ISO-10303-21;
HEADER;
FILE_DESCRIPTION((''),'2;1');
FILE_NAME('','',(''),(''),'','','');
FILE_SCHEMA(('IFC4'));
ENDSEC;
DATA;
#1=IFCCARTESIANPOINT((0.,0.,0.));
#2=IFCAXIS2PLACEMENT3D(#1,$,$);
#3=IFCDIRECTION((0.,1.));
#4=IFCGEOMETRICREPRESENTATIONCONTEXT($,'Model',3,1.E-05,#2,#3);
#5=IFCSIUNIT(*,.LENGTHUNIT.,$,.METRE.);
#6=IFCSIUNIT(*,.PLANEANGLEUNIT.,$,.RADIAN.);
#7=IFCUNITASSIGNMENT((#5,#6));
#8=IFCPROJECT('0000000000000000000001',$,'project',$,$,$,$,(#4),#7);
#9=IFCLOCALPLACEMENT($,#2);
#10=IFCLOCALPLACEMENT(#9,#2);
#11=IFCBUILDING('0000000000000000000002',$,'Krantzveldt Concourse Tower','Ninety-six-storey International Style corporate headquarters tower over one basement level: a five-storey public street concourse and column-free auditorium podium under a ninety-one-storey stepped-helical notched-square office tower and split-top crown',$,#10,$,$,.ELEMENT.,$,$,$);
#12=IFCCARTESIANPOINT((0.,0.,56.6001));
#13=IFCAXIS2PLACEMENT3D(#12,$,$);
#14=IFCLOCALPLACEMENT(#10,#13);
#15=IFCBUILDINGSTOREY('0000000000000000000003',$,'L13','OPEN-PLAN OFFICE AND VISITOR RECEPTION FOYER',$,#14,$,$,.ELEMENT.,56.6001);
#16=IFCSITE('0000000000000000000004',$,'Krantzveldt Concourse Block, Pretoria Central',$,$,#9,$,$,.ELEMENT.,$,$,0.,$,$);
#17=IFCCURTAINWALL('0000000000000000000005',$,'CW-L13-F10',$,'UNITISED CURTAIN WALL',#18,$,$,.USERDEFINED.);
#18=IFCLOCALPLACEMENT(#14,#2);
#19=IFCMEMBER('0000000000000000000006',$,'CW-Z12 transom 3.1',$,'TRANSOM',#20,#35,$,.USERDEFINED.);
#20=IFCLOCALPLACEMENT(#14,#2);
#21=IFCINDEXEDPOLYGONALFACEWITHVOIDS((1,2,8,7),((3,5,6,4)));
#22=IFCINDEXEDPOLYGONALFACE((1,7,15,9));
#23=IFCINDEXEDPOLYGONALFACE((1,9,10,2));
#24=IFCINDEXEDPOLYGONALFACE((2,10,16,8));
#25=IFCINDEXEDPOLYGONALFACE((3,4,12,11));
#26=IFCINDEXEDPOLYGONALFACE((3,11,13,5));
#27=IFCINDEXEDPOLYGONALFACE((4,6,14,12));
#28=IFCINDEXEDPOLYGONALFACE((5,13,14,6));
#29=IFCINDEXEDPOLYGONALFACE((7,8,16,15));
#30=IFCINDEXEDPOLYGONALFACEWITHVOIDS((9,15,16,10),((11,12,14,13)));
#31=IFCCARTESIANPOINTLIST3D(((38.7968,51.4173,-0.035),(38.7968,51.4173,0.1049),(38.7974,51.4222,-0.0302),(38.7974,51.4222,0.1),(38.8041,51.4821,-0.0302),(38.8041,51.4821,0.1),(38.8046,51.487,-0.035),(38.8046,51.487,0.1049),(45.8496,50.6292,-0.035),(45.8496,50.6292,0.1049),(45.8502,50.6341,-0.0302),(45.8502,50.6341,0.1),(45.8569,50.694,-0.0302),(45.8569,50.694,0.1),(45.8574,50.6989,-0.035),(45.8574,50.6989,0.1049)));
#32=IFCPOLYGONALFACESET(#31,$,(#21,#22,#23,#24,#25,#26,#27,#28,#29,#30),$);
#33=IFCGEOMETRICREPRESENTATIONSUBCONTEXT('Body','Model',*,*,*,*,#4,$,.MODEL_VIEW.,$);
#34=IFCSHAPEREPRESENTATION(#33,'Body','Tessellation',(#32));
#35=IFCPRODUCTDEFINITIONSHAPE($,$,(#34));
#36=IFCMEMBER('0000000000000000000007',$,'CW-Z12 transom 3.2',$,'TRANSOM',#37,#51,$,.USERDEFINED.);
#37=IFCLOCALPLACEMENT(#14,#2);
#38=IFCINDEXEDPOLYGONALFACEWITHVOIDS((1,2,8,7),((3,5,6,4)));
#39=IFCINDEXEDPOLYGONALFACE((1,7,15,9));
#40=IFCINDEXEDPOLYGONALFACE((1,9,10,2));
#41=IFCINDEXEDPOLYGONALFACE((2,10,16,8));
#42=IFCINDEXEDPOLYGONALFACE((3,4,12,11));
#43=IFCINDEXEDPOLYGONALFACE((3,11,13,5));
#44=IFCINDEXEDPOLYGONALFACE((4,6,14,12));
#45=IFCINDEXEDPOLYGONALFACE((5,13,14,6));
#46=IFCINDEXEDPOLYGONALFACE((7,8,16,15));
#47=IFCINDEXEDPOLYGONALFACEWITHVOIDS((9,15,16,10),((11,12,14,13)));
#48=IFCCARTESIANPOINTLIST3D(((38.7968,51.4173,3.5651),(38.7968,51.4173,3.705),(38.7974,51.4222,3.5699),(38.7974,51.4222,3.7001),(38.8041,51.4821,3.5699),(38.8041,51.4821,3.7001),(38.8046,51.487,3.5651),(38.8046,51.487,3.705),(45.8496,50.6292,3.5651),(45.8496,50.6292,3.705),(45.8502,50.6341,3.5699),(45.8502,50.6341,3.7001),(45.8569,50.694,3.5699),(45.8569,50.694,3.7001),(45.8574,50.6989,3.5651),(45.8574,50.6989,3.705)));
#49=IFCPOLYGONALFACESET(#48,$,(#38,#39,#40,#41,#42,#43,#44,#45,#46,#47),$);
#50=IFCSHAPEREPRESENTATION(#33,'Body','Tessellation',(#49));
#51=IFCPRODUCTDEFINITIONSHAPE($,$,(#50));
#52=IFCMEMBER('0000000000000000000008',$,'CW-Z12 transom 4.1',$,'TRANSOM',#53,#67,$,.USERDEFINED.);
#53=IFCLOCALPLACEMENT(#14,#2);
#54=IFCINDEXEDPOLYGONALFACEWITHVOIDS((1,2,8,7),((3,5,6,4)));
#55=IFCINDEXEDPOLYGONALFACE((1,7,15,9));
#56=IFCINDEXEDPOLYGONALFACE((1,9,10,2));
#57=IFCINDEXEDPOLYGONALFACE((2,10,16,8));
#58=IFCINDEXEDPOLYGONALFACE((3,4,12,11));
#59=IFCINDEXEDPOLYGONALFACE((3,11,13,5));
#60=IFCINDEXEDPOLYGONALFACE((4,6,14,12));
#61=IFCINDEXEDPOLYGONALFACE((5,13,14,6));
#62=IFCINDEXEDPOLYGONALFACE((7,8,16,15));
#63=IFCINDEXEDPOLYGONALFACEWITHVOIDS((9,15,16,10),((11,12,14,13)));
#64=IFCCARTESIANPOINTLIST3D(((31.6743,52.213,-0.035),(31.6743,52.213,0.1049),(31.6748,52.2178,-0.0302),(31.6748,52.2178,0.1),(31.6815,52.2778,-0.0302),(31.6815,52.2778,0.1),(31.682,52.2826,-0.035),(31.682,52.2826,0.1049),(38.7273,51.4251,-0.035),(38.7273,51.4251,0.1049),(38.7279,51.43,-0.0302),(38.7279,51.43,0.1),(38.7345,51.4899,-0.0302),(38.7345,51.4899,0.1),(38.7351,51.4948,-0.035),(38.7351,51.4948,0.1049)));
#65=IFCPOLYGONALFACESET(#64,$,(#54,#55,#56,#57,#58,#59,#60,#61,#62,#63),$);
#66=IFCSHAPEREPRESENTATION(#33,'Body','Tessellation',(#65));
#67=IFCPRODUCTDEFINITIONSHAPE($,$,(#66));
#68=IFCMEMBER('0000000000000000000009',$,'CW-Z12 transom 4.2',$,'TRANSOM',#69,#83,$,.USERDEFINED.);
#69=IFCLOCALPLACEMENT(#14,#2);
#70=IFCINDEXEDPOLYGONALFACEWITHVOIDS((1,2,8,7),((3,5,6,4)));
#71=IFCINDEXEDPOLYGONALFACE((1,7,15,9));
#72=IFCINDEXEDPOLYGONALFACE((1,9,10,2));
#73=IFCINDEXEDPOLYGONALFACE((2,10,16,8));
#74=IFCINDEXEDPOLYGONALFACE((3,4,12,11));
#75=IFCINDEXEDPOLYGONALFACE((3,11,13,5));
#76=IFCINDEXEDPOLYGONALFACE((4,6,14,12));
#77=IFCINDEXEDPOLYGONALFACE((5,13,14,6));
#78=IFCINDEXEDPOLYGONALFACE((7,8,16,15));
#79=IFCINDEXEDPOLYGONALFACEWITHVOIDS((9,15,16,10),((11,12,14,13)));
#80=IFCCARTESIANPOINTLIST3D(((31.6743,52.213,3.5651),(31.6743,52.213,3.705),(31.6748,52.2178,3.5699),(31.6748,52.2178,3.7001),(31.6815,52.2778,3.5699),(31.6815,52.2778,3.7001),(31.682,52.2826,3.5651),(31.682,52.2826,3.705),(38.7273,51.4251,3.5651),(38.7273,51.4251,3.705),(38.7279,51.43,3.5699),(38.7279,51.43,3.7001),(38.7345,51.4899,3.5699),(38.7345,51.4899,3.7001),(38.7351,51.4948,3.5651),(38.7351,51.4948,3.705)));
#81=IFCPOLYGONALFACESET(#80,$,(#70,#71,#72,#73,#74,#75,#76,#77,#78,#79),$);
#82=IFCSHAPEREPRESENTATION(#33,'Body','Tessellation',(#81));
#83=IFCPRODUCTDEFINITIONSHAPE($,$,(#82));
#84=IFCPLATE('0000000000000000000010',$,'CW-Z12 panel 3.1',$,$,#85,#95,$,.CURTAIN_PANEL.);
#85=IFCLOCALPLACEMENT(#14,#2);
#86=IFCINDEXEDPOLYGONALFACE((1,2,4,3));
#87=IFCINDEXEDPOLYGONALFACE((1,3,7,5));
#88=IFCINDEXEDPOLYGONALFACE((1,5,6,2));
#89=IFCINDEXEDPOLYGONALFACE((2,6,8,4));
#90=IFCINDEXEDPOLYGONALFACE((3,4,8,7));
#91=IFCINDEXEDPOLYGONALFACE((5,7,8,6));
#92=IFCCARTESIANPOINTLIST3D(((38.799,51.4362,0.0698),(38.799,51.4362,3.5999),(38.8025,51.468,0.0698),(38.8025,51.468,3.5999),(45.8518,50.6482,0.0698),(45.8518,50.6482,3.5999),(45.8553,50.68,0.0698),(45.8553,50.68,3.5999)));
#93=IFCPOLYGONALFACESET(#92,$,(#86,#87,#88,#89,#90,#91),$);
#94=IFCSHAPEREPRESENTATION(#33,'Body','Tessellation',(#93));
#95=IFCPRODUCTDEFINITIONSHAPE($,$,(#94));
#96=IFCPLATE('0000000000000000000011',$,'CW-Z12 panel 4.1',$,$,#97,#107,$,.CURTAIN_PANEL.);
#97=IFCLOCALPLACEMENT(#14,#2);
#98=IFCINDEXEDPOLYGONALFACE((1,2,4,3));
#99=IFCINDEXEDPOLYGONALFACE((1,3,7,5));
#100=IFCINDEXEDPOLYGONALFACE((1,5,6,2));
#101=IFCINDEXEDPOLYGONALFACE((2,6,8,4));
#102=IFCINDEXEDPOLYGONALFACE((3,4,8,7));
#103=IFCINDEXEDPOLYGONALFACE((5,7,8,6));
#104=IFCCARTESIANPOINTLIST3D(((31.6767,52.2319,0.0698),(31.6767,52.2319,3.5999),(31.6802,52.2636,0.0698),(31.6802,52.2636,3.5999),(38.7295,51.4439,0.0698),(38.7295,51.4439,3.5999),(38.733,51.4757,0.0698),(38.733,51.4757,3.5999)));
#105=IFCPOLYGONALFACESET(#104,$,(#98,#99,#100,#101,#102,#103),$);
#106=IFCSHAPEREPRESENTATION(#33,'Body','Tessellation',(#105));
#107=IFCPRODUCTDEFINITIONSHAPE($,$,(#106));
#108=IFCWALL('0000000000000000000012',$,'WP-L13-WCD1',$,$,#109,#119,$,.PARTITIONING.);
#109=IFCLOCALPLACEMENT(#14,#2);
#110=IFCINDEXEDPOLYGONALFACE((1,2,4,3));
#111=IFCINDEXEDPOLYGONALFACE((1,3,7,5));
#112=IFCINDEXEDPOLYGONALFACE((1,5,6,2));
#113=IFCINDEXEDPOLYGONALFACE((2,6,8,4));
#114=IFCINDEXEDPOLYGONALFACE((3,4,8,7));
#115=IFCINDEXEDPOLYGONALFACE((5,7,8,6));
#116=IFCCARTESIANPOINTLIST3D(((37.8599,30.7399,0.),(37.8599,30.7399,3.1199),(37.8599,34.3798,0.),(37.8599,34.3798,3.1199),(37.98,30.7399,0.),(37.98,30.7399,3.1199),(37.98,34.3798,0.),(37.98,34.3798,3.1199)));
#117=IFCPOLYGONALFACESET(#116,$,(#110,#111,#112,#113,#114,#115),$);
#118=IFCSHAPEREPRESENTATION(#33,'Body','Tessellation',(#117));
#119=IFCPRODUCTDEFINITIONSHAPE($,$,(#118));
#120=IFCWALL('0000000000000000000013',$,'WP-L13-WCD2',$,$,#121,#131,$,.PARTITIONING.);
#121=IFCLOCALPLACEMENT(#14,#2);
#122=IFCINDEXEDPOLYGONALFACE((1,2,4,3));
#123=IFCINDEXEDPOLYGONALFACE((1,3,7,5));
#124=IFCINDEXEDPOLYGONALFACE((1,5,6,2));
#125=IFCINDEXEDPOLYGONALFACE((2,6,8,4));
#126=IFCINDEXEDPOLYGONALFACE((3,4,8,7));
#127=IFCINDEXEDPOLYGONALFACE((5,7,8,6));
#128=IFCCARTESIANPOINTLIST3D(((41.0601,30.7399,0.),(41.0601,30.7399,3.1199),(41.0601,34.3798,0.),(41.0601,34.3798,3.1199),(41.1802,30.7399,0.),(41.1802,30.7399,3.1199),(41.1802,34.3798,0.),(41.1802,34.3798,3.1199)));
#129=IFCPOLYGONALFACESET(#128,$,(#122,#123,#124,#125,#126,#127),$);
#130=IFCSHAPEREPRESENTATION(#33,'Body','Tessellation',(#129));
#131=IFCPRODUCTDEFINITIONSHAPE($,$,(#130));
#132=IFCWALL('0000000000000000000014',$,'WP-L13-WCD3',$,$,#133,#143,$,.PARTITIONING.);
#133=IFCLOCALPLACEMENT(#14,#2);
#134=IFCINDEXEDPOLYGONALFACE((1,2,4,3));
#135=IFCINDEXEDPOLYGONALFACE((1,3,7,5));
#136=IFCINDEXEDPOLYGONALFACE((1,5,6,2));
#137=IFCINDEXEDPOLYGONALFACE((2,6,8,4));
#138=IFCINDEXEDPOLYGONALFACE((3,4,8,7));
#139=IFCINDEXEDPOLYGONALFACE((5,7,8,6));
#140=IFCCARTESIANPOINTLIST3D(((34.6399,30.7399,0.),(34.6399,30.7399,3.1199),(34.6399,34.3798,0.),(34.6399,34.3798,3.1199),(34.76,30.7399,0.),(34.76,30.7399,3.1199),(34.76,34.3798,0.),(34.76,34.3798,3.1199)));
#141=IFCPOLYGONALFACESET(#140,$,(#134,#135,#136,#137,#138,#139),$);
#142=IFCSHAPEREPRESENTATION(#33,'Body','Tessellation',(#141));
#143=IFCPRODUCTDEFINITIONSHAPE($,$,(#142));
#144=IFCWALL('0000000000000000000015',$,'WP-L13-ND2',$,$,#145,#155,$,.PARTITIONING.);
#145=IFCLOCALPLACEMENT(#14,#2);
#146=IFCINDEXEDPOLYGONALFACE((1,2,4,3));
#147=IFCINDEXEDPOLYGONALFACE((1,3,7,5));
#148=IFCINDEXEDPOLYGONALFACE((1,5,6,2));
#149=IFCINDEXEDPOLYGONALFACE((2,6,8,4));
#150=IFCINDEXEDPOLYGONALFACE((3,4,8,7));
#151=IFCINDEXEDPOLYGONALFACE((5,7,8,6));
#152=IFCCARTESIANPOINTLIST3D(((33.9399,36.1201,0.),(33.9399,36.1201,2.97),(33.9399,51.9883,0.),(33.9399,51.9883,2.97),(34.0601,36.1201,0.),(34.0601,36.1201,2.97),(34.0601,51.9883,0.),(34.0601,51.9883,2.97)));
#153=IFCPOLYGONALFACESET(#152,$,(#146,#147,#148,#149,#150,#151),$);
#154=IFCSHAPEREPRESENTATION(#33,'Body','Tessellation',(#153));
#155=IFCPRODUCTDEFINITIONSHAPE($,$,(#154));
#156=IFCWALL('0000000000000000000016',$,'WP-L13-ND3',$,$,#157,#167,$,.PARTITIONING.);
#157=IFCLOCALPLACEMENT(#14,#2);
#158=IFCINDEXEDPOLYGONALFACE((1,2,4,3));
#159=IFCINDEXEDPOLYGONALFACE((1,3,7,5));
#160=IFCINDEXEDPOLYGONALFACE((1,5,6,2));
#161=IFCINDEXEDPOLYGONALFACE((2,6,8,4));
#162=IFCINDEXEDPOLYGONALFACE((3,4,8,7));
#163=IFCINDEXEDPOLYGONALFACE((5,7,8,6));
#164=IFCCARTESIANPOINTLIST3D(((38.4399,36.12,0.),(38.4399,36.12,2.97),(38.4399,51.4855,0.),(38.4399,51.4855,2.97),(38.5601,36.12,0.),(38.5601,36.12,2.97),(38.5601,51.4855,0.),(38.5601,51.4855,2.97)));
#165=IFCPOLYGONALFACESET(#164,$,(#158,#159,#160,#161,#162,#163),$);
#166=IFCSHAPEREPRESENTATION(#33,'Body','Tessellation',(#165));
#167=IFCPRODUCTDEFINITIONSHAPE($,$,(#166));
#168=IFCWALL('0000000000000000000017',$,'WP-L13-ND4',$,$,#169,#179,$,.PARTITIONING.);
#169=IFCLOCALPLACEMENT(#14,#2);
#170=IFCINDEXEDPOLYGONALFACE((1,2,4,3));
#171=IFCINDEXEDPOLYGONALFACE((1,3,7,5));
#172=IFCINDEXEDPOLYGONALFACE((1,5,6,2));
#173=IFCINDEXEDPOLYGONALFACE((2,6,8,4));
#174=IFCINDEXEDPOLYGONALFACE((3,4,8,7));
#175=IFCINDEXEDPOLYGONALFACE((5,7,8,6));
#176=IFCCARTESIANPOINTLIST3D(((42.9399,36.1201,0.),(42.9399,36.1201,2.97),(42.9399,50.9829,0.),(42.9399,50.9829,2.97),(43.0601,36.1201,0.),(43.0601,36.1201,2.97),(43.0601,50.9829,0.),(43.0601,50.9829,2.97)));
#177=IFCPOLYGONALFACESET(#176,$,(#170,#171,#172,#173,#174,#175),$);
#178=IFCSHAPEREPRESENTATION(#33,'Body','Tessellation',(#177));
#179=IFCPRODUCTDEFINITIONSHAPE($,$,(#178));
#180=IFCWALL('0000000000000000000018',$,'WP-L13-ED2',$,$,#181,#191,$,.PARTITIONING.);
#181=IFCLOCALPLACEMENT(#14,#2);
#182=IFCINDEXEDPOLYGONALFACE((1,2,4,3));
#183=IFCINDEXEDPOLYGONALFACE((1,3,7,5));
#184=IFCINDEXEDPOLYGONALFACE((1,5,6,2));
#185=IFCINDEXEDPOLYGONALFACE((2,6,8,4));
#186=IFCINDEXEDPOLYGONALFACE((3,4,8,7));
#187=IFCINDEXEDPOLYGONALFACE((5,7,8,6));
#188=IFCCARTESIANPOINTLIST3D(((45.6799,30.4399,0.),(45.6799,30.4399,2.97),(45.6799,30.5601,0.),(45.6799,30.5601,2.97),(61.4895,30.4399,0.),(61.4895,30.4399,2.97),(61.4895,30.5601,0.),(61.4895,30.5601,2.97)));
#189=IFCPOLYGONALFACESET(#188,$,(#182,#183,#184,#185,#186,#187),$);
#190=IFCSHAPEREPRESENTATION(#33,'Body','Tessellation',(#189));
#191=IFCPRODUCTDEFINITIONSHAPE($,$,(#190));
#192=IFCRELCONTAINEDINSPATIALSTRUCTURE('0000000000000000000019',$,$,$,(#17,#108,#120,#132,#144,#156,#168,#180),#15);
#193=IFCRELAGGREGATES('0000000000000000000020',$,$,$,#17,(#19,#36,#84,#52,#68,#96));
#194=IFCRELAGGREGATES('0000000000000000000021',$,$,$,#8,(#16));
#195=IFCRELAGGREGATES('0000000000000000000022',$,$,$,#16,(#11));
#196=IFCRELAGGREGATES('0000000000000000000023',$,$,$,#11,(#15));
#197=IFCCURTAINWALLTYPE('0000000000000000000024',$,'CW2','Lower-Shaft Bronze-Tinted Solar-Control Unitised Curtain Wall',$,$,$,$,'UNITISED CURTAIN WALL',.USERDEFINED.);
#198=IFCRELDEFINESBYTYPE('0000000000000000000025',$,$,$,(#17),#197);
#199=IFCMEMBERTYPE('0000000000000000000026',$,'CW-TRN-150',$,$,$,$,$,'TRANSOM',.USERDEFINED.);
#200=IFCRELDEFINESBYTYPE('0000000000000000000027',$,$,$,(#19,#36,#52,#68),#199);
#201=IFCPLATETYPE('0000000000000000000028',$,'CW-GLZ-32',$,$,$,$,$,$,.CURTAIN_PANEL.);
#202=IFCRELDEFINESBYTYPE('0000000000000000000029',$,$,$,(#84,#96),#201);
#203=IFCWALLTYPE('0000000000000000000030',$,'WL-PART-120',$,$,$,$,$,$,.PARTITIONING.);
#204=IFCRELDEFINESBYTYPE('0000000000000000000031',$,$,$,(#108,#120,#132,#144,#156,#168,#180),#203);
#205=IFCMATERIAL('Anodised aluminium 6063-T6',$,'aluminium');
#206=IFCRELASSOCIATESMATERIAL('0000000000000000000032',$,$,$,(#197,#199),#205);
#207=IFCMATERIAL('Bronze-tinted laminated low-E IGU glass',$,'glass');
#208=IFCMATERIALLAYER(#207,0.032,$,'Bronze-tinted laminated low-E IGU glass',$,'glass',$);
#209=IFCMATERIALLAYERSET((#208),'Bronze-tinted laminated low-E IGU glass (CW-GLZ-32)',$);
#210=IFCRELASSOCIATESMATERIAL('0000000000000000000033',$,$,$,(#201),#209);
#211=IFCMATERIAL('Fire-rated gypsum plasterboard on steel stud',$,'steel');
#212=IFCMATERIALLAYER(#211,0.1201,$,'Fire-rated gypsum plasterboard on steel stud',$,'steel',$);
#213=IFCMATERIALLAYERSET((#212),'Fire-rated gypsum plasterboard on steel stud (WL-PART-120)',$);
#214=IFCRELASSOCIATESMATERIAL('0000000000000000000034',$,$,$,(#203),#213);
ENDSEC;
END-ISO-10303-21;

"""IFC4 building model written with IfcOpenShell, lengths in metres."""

from ifc_helpers import new_model, si_unit, direction, frame, frame_2d, origin, origin_2d, place, context, subcontext, project, spatial, rectangle, hollow_rectangle, extrude, source, transform, mapped, material, layer, layer_set, material_profile, profile_set, type_object, type_shapes, element, aggregate, save


model = new_model("IFC4")

# Units and contexts
model_context = context("Model", 3, precision=1e-05, world=origin(), true_north=direction((0.0, 1.0)))
body_context = subcontext(model_context, "Body", "Model", "MODEL_VIEW")
ifc_project = project(units=[si_unit("LENGTHUNIT", "METRE"), si_unit("PLANEANGLEUNIT", "RADIAN")], contexts=[model_context])

# Site, building, storey
site_placement = place(None, origin())
site = spatial("IfcSite", under=ifc_project, at=site_placement, Name="Krantzveldt Concourse Block, Pretoria Central", CompositionType="ELEMENT", RefElevation=0.0)
building_placement = place(site_placement, origin())
building = spatial("IfcBuilding", under=site, at=building_placement, Name="Krantzveldt Concourse Tower", Description="Ninety-six-storey International Style corporate headquarters tower over one basement level: a five-storey public street concourse and column-free auditorium podium under a ninety-one-storey stepped-helical notched-square office tower and split-top crown", CompositionType="ELEMENT")
storey_placement = place(building_placement, frame((0.0, 0.0, 56.6001)))
storey = spatial("IfcBuildingStorey", under=building, at=storey_placement, Name="L13", Description="OPEN-PLAN OFFICE AND VISITOR RECEPTION FOYER", CompositionType="ELEMENT", Elevation=56.6001)

# Curtain wall, members, plates
ifc_material_1 = material(Name="Anodised aluminium 6063-T6", Category="aluminium")
curtain_wall_type = type_object("IfcCurtainWallType", Name="CW2", Description="Lower-Shaft Bronze-Tinted Solar-Control Unitised Curtain Wall", ElementType="UNITISED CURTAIN WALL", PredefinedType="USERDEFINED", material=ifc_material_1)
curtain_wall_placement = place(storey_placement, origin())
curtain_wall = element("IfcCurtainWall", 1, at=curtain_wall_placement, inside=storey, type_object=curtain_wall_type, Name="CW-L13-F10", ObjectType="UNITISED CURTAIN WALL", PredefinedType="USERDEFINED")
ifc_material_profile_1 = material_profile(ifc_material_1, hollow_rectangle(XDim=0.0701, YDim=0.1399, WallThickness=0.0049, at=origin_2d()), Name="Anodised aluminium 6063-T6", Category="aluminium")
ifc_profile_set_1 = profile_set([ifc_material_profile_1], Name="Anodised aluminium 6063-T6 - ALU-TRAN 140x70x5")
member_type_1 = type_object("IfcMemberType", Name="CW-TRN-150", ElementType="TRANSOM", PredefinedType="USERDEFINED", material=ifc_profile_set_1)
shared_shape_1 = source(origin(), body_context, "Body", "SweptSolid", [
    extrude(hollow_rectangle(XDim=0.0701, YDim=0.1399, WallThickness=0.0049, at=origin_2d()), origin(), (0.0, 0.0, 1.0), 7.0967),
])
member_1_placement = place(storey_placement, frame((45.8535, 50.6641, 0.0349), z_axis=(-0.993815, 0.111051, 0.0), x_axis=(-0.111051, -0.993815, 0.0)))
member_1 = element("IfcMember", 2, at=member_1_placement, type_object=member_type_1, Name="CW-Z12 transom 3.1", ObjectType="TRANSOM", PredefinedType="USERDEFINED", context=body_context, shape_type="MappedRepresentation", body=[
    mapped(shared_shape_1, transform((0.0, 0.0, 0.0), x_axis=(1.0, 0.0, 0.0), y_axis=(0.0, 1.0, 0.0), z_axis=(0.0, 0.0, 1.0), scale=1.0)),
])
member_2_placement = place(storey_placement, frame((45.8535, 50.6641, 3.635), z_axis=(-0.993815, 0.111051, 0.0), x_axis=(-0.111051, -0.993815, 0.0)))
member_2 = element("IfcMember", 3, at=member_2_placement, type_object=member_type_1, Name="CW-Z12 transom 3.2", ObjectType="TRANSOM", PredefinedType="USERDEFINED", context=body_context, shape_type="MappedRepresentation", body=[
    mapped(shared_shape_1, transform((0.0, 0.0, 0.0), x_axis=(1.0, 0.0, 0.0), y_axis=(0.0, 1.0, 0.0), z_axis=(0.0, 0.0, 1.0), scale=1.0)),
])
shared_shape_2 = source(origin(), body_context, "Body", "SweptSolid", [
    extrude(hollow_rectangle(XDim=0.0701, YDim=0.1399, WallThickness=0.0049, at=origin_2d()), origin(), (0.0, 0.0, 1.0), 7.0969),
])
type_shapes(member_type_1, [shared_shape_1, shared_shape_2])
member_3_placement = place(storey_placement, frame((38.7312, 51.46, 0.0349), z_axis=(-0.993819, 0.111013, 0.0), x_axis=(-0.111013, -0.993819, 0.0)))
member_3 = element("IfcMember", 4, at=member_3_placement, type_object=member_type_1, Name="CW-Z12 transom 4.1", ObjectType="TRANSOM", PredefinedType="USERDEFINED", context=body_context, shape_type="MappedRepresentation", body=[
    mapped(shared_shape_2, transform((0.0, 0.0, 0.0), x_axis=(1.0, 0.0, 0.0), y_axis=(0.0, 1.0, 0.0), z_axis=(0.0, 0.0, 1.0), scale=1.0)),
])
member_4_placement = place(storey_placement, frame((38.7312, 51.46, 3.635), z_axis=(-0.993819, 0.111013, 0.0), x_axis=(-0.111013, -0.993819, 0.0)))
member_4 = element("IfcMember", 5, at=member_4_placement, type_object=member_type_1, Name="CW-Z12 transom 4.2", ObjectType="TRANSOM", PredefinedType="USERDEFINED", context=body_context, shape_type="MappedRepresentation", body=[
    mapped(shared_shape_2, transform((0.0, 0.0, 0.0), x_axis=(1.0, 0.0, 0.0), y_axis=(0.0, 1.0, 0.0), z_axis=(0.0, 0.0, 1.0), scale=1.0)),
])
ifc_material_2 = material(Name="Bronze-tinted laminated low-E IGU glass", Category="glass")
ifc_layer_1 = layer(ifc_material_2, 0.032, Name="Bronze-tinted laminated low-E IGU glass", Category="glass")
ifc_layer_set_1 = layer_set([ifc_layer_1], Name="Bronze-tinted laminated low-E IGU glass (CW-GLZ-32)")
plate_type = type_object("IfcPlateType", Name="CW-GLZ-32", PredefinedType="CURTAIN_PANEL", material=ifc_layer_set_1)
shared_shape_3 = source(origin(), body_context, "Body", "SweptSolid", [
    extrude(rectangle(XDim=7.0967, YDim=0.032, at=origin_2d()), origin(), (0.0, 0.0, 1.0), 3.53),
])
type_shapes(plate_type, [shared_shape_3])
plate_1_placement = place(storey_placement, frame((42.3271, 51.0581, 0.0698), z_axis=(0.0, 0.0, 1.0), x_axis=(-0.993816, 0.111035, 0.0)))
plate_1 = element("IfcPlate", 6, at=plate_1_placement, type_object=plate_type, Name="CW-Z12 panel 3.1", PredefinedType="CURTAIN_PANEL", context=body_context, shape_type="MappedRepresentation", body=[
    mapped(shared_shape_3, transform((0.0, 0.0, 0.0), x_axis=(1.0, 0.0, 0.0), y_axis=(0.0, 1.0, 0.0), z_axis=(0.0, 0.0, 1.0), scale=1.0)),
])
plate_2_placement = place(storey_placement, frame((35.2048, 51.8538, 0.0698), z_axis=(0.0, 0.0, 1.0), x_axis=(-0.993816, 0.111035, 0.0)))
plate_2 = element("IfcPlate", 7, at=plate_2_placement, type_object=plate_type, Name="CW-Z12 panel 4.1", PredefinedType="CURTAIN_PANEL", context=body_context, shape_type="MappedRepresentation", body=[
    mapped(shared_shape_3, transform((0.0, 0.0, 0.0), x_axis=(1.0, 0.0, 0.0), y_axis=(0.0, 1.0, 0.0), z_axis=(0.0, 0.0, 1.0), scale=1.0)),
])
aggregate(curtain_wall, [member_1, member_2, plate_1, member_3, member_4, plate_2])

# Walls
ifc_material_3 = material(Name="Fire-rated gypsum plasterboard on steel stud", Category="steel")
ifc_layer_2 = layer(ifc_material_3, 0.1201, Name="Fire-rated gypsum plasterboard on steel stud", Category="steel")
ifc_layer_set_2 = layer_set([ifc_layer_2], Name="Fire-rated gypsum plasterboard on steel stud (WL-PART-120)")
wall_type_1 = type_object("IfcWallType", Name="WL-PART-120", PredefinedType="PARTITIONING", material=ifc_layer_set_2)
for number, where, z_axis, x_axis, name in (
    (8, (37.9199, 30.74, 0.0), (0.0, 0.0, 1.0), (0.0, 1.0, 0.0), "WP-L13-WCD1"),
    (9, (41.1201, 30.74, 0.0), (0.0, 0.0, 1.0), (0.0, 1.0, 0.0), "WP-L13-WCD2"),
    (10, (34.7, 30.74, 0.0), (0.0, 0.0, 1.0), (0.0, 1.0, 0.0), "WP-L13-WCD3"),
):
    element("IfcWall", number, at=place(storey_placement, frame(where, z_axis=z_axis, x_axis=x_axis)), inside=storey, type_object=wall_type_1, Name=name, PredefinedType="PARTITIONING", context=body_context, shape_type="SweptSolid", body=[
        extrude(rectangle(XDim=3.6399, YDim=0.1201, at=frame_2d((1.8198, 0.0))), origin(), (0.0, 0.0, 1.0), 3.1199),
    ])
wall_1_placement = place(storey_placement, frame((34.0, 36.1201, 0.0), z_axis=(0.0, 0.0, 1.0), x_axis=(0.0, 1.0, 0.0)))
element("IfcWall", 11, at=wall_1_placement, inside=storey, type_object=wall_type_1, Name="WP-L13-ND2", PredefinedType="PARTITIONING", context=body_context, shape_type="SweptSolid", body=[
    extrude(rectangle(XDim=15.8682, YDim=0.1201, at=frame_2d((7.9341, 0.0))), origin(), (0.0, 0.0, 1.0), 2.97),
])
wall_2_placement = place(storey_placement, frame((38.5, 36.1201, 0.0), z_axis=(0.0, 0.0, 1.0), x_axis=(0.0, 1.0, 0.0)))
element("IfcWall", 12, at=wall_2_placement, inside=storey, type_object=wall_type_1, Name="WP-L13-ND3", PredefinedType="PARTITIONING", context=body_context, shape_type="SweptSolid", body=[
    extrude(rectangle(XDim=15.3655, YDim=0.1201, at=frame_2d((7.6826, 0.0))), origin(), (0.0, 0.0, 1.0), 2.97),
])
wall_3_placement = place(storey_placement, frame((43.0, 36.1201, 0.0), z_axis=(0.0, 0.0, 1.0), x_axis=(0.0, 1.0, 0.0)))
element("IfcWall", 13, at=wall_3_placement, inside=storey, type_object=wall_type_1, Name="WP-L13-ND4", PredefinedType="PARTITIONING", context=body_context, shape_type="SweptSolid", body=[
    extrude(rectangle(XDim=14.8628, YDim=0.1201, at=frame_2d((7.4314, 0.0))), origin(), (0.0, 0.0, 1.0), 2.97),
])
wall_4_placement = place(storey_placement, frame((45.6799, 30.5, 0.0), z_axis=(0.0, 0.0, 1.0), x_axis=(1.0, 0.0, 0.0)))
element("IfcWall", 14, at=wall_4_placement, inside=storey, type_object=wall_type_1, Name="WP-L13-ED2", PredefinedType="PARTITIONING", context=body_context, shape_type="SweptSolid", body=[
    extrude(rectangle(XDim=15.8096, YDim=0.1201, at=frame_2d((7.9048, 0.0))), origin(), (0.0, 0.0, 1.0), 2.97),
])

save(model, "model.ifc")
